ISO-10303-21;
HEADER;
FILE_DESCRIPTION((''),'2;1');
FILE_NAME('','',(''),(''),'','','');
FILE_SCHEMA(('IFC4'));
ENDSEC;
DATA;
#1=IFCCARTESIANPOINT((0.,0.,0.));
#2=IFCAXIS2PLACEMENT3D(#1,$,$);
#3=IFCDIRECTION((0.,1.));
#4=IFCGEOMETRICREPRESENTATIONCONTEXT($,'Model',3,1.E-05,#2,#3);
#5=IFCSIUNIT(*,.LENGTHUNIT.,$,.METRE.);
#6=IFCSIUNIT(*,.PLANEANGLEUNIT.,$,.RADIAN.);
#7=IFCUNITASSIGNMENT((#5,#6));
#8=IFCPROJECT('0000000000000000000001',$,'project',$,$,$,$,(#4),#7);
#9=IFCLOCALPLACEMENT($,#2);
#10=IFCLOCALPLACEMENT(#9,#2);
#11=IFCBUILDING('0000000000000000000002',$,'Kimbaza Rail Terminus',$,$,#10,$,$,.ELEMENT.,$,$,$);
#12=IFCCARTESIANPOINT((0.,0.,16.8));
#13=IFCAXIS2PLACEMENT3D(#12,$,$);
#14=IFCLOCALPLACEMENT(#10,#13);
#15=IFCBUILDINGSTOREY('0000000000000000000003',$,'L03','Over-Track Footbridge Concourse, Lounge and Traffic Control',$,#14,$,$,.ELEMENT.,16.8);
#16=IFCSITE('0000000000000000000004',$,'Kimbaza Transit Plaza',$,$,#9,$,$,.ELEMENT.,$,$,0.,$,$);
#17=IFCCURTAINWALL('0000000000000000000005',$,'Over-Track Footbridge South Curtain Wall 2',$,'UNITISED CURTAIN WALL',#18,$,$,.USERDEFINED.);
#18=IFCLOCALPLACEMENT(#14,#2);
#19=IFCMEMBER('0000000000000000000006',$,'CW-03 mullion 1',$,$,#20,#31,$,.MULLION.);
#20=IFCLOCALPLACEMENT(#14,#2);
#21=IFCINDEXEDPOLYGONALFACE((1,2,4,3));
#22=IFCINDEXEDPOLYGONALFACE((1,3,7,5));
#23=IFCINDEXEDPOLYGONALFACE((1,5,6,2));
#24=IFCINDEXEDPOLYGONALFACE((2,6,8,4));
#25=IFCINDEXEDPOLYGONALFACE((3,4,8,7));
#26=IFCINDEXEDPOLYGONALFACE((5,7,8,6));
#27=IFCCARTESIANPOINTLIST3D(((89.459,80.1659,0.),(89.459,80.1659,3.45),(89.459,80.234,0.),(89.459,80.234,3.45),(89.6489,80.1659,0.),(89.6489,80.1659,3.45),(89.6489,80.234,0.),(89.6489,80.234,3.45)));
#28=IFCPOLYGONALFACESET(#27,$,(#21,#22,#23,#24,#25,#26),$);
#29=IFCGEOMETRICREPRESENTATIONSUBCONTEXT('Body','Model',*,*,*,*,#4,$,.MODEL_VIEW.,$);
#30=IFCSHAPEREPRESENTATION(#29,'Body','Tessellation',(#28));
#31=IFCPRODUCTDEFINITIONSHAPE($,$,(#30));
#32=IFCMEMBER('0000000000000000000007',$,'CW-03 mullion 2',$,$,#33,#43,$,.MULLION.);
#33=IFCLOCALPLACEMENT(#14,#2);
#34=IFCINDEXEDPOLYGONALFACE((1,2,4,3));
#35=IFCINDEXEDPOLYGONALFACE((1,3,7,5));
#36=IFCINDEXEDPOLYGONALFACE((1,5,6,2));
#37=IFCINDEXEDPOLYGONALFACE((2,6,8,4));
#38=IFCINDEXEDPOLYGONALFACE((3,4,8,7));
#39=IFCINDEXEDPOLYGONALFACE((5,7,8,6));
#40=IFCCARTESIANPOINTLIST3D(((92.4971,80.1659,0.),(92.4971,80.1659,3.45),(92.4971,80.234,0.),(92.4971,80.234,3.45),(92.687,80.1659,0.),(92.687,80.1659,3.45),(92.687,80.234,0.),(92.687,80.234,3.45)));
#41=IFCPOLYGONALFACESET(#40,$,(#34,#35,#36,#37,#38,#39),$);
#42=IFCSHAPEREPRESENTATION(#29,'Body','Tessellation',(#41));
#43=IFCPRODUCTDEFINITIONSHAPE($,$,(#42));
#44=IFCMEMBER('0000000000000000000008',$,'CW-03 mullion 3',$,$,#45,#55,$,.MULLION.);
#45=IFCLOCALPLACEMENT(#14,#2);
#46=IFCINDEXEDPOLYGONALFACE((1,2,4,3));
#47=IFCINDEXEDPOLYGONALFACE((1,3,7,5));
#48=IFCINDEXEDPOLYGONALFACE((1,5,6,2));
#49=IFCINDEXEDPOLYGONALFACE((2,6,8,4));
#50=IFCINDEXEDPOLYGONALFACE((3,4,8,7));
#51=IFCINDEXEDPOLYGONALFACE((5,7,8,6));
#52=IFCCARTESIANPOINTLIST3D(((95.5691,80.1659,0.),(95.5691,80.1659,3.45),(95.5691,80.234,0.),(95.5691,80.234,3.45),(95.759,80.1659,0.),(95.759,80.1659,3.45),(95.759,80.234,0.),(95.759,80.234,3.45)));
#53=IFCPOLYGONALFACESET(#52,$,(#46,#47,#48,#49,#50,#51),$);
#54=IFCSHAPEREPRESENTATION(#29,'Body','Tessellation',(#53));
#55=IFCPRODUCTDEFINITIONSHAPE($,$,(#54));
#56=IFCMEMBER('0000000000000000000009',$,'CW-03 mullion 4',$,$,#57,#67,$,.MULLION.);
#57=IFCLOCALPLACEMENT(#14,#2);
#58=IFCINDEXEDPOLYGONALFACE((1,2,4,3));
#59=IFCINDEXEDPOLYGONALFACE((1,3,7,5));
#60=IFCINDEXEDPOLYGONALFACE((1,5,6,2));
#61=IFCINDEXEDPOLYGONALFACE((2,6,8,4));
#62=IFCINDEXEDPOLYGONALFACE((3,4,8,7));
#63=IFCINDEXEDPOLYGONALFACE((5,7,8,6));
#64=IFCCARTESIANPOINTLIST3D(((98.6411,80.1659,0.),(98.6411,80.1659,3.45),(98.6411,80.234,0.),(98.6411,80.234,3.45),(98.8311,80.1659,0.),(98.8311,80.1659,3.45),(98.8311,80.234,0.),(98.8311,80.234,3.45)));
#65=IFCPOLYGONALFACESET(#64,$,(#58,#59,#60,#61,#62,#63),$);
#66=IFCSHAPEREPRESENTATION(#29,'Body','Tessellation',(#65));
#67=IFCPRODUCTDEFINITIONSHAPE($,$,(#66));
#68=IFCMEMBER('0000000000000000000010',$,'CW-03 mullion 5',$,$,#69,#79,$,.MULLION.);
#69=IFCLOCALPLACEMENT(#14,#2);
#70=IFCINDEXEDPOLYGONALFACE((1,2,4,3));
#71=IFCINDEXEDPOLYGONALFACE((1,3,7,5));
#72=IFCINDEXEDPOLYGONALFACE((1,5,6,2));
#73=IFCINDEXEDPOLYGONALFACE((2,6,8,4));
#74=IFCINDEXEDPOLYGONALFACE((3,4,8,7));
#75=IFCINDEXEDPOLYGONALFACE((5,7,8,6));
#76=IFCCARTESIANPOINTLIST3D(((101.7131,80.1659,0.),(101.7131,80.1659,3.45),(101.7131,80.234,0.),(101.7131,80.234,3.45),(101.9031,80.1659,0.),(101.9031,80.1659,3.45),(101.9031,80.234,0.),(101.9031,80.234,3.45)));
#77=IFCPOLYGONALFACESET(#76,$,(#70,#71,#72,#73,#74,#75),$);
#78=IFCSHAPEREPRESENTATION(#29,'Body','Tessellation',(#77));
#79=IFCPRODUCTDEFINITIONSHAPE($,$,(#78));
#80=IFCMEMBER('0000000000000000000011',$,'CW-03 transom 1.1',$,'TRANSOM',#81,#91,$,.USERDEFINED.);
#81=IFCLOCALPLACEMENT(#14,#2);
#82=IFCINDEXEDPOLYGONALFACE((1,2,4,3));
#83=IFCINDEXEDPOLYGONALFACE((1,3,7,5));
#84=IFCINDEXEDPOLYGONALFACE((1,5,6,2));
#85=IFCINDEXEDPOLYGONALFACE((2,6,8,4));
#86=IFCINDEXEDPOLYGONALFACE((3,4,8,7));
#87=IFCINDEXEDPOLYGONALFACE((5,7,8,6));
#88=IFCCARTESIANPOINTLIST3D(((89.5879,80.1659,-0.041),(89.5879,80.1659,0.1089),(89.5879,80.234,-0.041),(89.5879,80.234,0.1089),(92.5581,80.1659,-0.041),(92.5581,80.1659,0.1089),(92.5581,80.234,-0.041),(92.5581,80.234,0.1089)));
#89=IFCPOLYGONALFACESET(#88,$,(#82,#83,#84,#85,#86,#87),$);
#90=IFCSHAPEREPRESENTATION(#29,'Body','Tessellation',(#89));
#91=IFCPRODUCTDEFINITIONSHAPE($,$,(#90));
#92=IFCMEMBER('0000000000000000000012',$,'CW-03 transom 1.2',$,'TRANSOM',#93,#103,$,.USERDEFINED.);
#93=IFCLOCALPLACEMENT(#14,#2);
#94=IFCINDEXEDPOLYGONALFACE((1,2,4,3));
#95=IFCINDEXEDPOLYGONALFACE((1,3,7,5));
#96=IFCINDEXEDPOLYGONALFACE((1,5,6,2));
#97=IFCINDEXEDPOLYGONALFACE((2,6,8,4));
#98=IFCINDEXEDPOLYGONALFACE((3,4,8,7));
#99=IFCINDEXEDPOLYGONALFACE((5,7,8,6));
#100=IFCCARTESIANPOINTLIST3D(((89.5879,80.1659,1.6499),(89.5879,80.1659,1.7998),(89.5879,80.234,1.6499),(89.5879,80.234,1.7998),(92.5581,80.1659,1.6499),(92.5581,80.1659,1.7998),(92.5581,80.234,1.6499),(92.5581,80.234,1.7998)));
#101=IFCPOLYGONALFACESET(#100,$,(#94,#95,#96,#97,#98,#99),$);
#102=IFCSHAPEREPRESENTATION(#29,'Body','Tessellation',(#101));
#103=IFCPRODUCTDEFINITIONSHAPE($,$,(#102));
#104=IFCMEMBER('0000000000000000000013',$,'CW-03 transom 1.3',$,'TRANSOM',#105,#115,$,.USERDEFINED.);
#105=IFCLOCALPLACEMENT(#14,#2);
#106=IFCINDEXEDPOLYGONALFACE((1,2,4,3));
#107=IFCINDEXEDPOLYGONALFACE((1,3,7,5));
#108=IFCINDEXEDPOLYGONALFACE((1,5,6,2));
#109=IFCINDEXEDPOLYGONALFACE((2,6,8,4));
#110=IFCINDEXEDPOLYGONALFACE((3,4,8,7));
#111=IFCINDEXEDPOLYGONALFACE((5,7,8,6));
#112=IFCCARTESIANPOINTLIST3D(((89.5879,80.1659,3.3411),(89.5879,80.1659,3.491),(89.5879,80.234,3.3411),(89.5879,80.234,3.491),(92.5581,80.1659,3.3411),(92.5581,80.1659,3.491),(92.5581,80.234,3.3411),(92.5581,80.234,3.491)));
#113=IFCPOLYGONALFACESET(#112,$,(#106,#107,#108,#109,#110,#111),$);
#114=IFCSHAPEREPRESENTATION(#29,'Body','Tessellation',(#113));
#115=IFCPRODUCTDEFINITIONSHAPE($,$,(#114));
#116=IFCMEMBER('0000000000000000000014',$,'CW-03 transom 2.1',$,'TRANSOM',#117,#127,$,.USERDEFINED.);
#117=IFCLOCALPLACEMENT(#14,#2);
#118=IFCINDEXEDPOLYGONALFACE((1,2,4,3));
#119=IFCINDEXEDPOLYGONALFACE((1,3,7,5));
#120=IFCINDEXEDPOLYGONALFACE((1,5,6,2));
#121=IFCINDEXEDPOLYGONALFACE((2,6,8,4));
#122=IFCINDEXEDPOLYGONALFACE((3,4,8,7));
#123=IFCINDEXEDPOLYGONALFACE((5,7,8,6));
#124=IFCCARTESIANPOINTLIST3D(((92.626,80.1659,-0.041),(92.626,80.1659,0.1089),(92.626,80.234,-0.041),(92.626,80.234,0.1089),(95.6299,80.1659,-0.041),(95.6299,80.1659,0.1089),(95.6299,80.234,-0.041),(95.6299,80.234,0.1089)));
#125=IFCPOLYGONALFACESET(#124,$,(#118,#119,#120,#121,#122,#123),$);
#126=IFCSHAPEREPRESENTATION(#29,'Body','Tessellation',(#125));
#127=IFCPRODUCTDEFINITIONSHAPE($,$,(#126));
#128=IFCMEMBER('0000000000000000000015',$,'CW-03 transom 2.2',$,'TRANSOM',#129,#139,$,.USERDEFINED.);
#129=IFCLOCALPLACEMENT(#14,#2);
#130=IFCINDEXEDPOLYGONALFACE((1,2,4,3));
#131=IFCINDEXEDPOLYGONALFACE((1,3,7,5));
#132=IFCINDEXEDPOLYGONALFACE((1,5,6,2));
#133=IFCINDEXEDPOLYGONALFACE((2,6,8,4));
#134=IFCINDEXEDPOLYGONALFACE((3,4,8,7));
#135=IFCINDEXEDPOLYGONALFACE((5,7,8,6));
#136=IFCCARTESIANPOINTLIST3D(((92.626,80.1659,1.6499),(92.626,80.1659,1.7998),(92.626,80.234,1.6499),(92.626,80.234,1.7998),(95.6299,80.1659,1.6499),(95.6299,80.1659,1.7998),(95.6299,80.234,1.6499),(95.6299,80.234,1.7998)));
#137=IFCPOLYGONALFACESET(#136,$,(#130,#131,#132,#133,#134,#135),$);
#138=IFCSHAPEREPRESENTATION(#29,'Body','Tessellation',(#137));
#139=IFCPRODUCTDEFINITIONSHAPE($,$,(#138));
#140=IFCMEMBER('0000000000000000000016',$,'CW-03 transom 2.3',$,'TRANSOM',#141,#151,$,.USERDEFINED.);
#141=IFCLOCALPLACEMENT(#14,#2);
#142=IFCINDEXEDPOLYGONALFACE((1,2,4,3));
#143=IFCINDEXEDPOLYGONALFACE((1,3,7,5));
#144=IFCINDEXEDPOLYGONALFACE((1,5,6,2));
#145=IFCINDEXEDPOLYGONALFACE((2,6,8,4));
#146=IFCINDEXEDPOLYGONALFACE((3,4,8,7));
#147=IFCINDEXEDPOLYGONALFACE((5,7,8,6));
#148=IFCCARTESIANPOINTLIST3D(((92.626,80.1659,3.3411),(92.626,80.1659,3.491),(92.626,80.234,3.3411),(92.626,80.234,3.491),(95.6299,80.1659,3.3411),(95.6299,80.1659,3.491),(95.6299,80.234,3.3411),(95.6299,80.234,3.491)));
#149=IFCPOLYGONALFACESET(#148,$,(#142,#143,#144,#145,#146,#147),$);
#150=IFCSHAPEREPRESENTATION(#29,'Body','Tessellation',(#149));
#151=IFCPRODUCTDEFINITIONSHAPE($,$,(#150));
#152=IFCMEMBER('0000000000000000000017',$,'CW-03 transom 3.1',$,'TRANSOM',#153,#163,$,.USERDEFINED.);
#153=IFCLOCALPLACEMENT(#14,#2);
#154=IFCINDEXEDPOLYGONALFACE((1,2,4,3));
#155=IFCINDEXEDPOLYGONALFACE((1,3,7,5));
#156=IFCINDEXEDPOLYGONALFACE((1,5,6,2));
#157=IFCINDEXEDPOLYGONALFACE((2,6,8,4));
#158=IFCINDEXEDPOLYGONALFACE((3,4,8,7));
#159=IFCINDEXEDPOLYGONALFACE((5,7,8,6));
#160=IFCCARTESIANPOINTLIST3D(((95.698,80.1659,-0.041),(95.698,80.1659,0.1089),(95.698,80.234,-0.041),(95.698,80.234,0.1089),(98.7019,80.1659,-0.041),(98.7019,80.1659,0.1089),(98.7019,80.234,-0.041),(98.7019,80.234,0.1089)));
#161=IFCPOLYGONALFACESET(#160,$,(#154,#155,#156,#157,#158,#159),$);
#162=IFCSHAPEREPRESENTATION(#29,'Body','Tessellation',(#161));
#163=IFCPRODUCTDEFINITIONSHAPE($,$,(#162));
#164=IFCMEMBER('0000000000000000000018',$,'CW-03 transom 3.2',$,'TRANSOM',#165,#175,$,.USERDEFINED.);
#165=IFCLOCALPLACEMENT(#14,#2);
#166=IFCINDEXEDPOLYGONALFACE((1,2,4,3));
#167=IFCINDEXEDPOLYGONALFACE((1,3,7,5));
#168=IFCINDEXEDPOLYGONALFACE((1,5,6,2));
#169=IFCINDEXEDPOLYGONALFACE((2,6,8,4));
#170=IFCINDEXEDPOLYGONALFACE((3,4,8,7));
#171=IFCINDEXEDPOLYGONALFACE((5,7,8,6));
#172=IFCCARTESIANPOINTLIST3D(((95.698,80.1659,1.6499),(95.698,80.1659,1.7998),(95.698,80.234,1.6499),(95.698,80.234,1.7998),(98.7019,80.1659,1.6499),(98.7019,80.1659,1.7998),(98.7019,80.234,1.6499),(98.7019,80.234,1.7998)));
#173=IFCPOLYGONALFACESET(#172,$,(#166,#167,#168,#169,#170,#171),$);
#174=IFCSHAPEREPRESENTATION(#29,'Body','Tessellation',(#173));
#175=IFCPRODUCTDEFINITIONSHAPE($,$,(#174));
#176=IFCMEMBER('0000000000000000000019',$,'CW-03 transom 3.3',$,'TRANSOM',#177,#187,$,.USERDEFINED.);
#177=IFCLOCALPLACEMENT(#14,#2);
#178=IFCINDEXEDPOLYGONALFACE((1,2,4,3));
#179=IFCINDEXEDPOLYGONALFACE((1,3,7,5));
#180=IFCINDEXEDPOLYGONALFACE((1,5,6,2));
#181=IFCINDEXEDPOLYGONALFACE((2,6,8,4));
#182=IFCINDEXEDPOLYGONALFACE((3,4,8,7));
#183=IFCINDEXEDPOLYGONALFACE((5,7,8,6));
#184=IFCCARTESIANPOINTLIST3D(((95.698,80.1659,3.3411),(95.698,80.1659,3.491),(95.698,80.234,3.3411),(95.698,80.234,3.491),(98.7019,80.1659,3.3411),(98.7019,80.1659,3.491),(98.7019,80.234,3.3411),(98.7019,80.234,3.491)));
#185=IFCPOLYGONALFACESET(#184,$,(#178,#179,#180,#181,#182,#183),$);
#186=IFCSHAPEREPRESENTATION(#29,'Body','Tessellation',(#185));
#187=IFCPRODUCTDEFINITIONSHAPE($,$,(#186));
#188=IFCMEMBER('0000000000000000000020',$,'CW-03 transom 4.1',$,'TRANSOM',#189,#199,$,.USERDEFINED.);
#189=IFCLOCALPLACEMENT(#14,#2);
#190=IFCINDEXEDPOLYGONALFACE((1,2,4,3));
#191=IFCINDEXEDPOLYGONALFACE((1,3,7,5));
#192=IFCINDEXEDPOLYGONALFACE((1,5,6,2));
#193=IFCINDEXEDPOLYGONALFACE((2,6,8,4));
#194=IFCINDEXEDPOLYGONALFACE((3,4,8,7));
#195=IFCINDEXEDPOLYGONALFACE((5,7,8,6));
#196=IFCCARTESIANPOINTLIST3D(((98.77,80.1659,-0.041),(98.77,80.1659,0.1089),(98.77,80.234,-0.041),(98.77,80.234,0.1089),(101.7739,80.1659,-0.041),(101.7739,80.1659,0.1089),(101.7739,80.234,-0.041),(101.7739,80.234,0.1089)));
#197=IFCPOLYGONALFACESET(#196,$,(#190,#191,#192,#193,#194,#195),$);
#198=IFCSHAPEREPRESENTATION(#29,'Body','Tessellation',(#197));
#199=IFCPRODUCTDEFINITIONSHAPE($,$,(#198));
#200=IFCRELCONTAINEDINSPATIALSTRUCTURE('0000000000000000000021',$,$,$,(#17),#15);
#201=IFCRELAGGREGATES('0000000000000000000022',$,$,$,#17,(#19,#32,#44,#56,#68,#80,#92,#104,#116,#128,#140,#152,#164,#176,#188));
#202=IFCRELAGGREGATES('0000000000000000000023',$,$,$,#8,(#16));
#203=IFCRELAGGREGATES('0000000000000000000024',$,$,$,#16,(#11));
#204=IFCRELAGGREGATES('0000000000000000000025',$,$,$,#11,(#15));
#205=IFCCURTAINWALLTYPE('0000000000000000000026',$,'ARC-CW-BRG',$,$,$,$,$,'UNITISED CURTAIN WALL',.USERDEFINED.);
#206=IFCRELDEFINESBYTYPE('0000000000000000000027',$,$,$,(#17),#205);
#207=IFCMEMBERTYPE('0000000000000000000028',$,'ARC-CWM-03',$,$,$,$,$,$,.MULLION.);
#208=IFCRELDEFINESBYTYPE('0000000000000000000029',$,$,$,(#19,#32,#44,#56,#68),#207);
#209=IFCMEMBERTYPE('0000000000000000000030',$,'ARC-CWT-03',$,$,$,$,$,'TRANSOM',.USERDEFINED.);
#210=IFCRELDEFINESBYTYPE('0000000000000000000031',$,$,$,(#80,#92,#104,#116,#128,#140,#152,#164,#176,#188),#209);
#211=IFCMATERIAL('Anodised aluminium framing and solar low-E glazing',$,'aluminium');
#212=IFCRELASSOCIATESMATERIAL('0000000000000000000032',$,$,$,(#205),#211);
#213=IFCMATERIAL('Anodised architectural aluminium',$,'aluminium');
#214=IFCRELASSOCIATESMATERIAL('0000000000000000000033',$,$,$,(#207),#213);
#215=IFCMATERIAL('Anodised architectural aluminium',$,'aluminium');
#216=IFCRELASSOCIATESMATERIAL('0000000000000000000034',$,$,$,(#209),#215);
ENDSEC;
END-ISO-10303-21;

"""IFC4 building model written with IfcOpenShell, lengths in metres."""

from ifc_helpers import new_model, si_unit, direction, frame, origin, origin_2d, place, context, subcontext, project, spatial, rectangle, extrude, material, material_profile, profile_set, type_object, element, aggregate, save


model = new_model("IFC4")

# Units and contexts
model_context = context("Model", 3, precision=1e-05, world=origin(), true_north=direction((0.0, 1.0)))
body_context = subcontext(model_context, "Body", "Model", "MODEL_VIEW")
ifc_project = project(units=[si_unit("LENGTHUNIT", "METRE"), si_unit("PLANEANGLEUNIT", "RADIAN")], contexts=[model_context])

# Site, building, storey
site_placement = place(None, origin())
site = spatial("IfcSite", under=ifc_project, at=site_placement, Name="Kimbaza Transit Plaza", CompositionType="ELEMENT", RefElevation=0.0)
building_placement = place(site_placement, origin())
building = spatial("IfcBuilding", under=site, at=building_placement, Name="Kimbaza Rail Terminus", CompositionType="ELEMENT")
storey_placement = place(building_placement, frame((0.0, 0.0, 16.8)))
storey = spatial("IfcBuildingStorey", under=building, at=storey_placement, Name="L03", Description="Over-Track Footbridge Concourse, Lounge and Traffic Control", CompositionType="ELEMENT", Elevation=16.8)

# Curtain wall, members
ifc_material_1 = material(Name="Anodised aluminium framing and solar low-E glazing", Category="aluminium")
curtain_wall_type = type_object("IfcCurtainWallType", Name="ARC-CW-BRG", ElementType="UNITISED CURTAIN WALL", PredefinedType="USERDEFINED", material=ifc_material_1)
curtain_wall_placement = place(storey_placement, origin())
curtain_wall = element("IfcCurtainWall", 1, at=curtain_wall_placement, inside=storey, type_object=curtain_wall_type, Name="Over-Track Footbridge South Curtain Wall 2", ObjectType="UNITISED CURTAIN WALL", PredefinedType="USERDEFINED")
ifc_material_2 = material(Name="Anodised architectural aluminium", Category="aluminium")
ifc_material_profile_1 = material_profile(ifc_material_2, rectangle(XDim=0.0681, YDim=0.1899, at=origin_2d()), Name="MULLION 68x190")
ifc_profile_set_1 = profile_set([ifc_material_profile_1], Name="Anodised architectural aluminium")
member_type_1 = type_object("IfcMemberType", Name="ARC-CWM-03", PredefinedType="MULLION", material=ifc_profile_set_1)
member_1_placement = place(storey_placement, frame((89.554, 80.2, 0.0), z_axis=(0.0, 0.0, 1.0), x_axis=(0.0, 1.0, 0.0)))
member_1 = element("IfcMember", 2, at=member_1_placement, type_object=member_type_1, Name="CW-03 mullion 1", PredefinedType="MULLION", context=body_context, shape_type="SweptSolid", body=[
    extrude(rectangle(XDim=0.0681, YDim=0.1899, at=origin_2d()), origin(), (0.0, 0.0, 1.0), 3.45),
])
member_2_placement = place(storey_placement, frame((92.592, 80.2, 0.0), z_axis=(0.0, 0.0, 1.0), x_axis=(0.0, 1.0, 0.0)))
member_2 = element("IfcMember", 3, at=member_2_placement, type_object=member_type_1, Name="CW-03 mullion 2", PredefinedType="MULLION", context=body_context, shape_type="SweptSolid", body=[
    extrude(rectangle(XDim=0.0681, YDim=0.1899, at=origin_2d()), origin(), (0.0, 0.0, 1.0), 3.45),
])
member_3_placement = place(storey_placement, frame((95.6641, 80.2, 0.0), z_axis=(0.0, 0.0, 1.0), x_axis=(0.0, 1.0, 0.0)))
member_3 = element("IfcMember", 4, at=member_3_placement, type_object=member_type_1, Name="CW-03 mullion 3", PredefinedType="MULLION", context=body_context, shape_type="SweptSolid", body=[
    extrude(rectangle(XDim=0.0681, YDim=0.1899, at=origin_2d()), origin(), (0.0, 0.0, 1.0), 3.45),
])
member_4_placement = place(storey_placement, frame((98.7361, 80.2, 0.0), z_axis=(0.0, 0.0, 1.0), x_axis=(0.0, 1.0, 0.0)))
member_4 = element("IfcMember", 5, at=member_4_placement, type_object=member_type_1, Name="CW-03 mullion 4", PredefinedType="MULLION", context=body_context, shape_type="SweptSolid", body=[
    extrude(rectangle(XDim=0.0681, YDim=0.1899, at=origin_2d()), origin(), (0.0, 0.0, 1.0), 3.45),
])
member_5_placement = place(storey_placement, frame((101.8081, 80.2, 0.0), z_axis=(0.0, 0.0, 1.0), x_axis=(0.0, 1.0, 0.0)))
member_5 = element("IfcMember", 6, at=member_5_placement, type_object=member_type_1, Name="CW-03 mullion 5", PredefinedType="MULLION", context=body_context, shape_type="SweptSolid", body=[
    extrude(rectangle(XDim=0.0681, YDim=0.1899, at=origin_2d()), origin(), (0.0, 0.0, 1.0), 3.45),
])
ifc_material_3 = material(Name="Anodised architectural aluminium", Category="aluminium")
ifc_material_profile_2 = material_profile(ifc_material_3, rectangle(XDim=0.0681, YDim=0.1499, at=origin_2d()), Name="TRANSOM 68x150")
ifc_profile_set_2 = profile_set([ifc_material_profile_2], Name="Anodised architectural aluminium")
member_type_2 = type_object("IfcMemberType", Name="ARC-CWT-03", ElementType="TRANSOM", PredefinedType="USERDEFINED", material=ifc_profile_set_2)
member_6_placement = place(storey_placement, frame((89.5879, 80.2, 0.0339), z_axis=(1.0, 0.0, 0.0), x_axis=(0.0, 1.0, 0.0)))
member_6 = element("IfcMember", 7, at=member_6_placement, type_object=member_type_2, Name="CW-03 transom 1.1", ObjectType="TRANSOM", PredefinedType="USERDEFINED", context=body_context, shape_type="SweptSolid", body=[
    extrude(rectangle(XDim=0.0681, YDim=0.1499, at=origin_2d()), origin(), (0.0, 0.0, 1.0), 2.9702),
])
member_7_placement = place(storey_placement, frame((89.5879, 80.2, 1.7249), z_axis=(1.0, 0.0, 0.0), x_axis=(0.0, 1.0, 0.0)))
member_7 = element("IfcMember", 8, at=member_7_placement, type_object=member_type_2, Name="CW-03 transom 1.2", ObjectType="TRANSOM", PredefinedType="USERDEFINED", context=body_context, shape_type="SweptSolid", body=[
    extrude(rectangle(XDim=0.0681, YDim=0.1499, at=origin_2d()), origin(), (0.0, 0.0, 1.0), 2.9702),
])
member_8_placement = place(storey_placement, frame((89.5879, 80.2, 3.416), z_axis=(1.0, 0.0, 0.0), x_axis=(0.0, 1.0, 0.0)))
member_8 = element("IfcMember", 9, at=member_8_placement, type_object=member_type_2, Name="CW-03 transom 1.3", ObjectType="TRANSOM", PredefinedType="USERDEFINED", context=body_context, shape_type="SweptSolid", body=[
    extrude(rectangle(XDim=0.0681, YDim=0.1499, at=origin_2d()), origin(), (0.0, 0.0, 1.0), 2.9702),
])
member_9_placement = place(storey_placement, frame((92.626, 80.2, 0.0339), z_axis=(1.0, 0.0, 0.0), x_axis=(0.0, 1.0, 0.0)))
member_9 = element("IfcMember", 10, at=member_9_placement, type_object=member_type_2, Name="CW-03 transom 2.1", ObjectType="TRANSOM", PredefinedType="USERDEFINED", context=body_context, shape_type="SweptSolid", body=[
    extrude(rectangle(XDim=0.0681, YDim=0.1499, at=origin_2d()), origin(), (0.0, 0.0, 1.0), 3.0039),
])
member_10_placement = place(storey_placement, frame((92.626, 80.2, 1.7249), z_axis=(1.0, 0.0, 0.0), x_axis=(0.0, 1.0, 0.0)))
member_10 = element("IfcMember", 11, at=member_10_placement, type_object=member_type_2, Name="CW-03 transom 2.2", ObjectType="TRANSOM", PredefinedType="USERDEFINED", context=body_context, shape_type="SweptSolid", body=[
    extrude(rectangle(XDim=0.0681, YDim=0.1499, at=origin_2d()), origin(), (0.0, 0.0, 1.0), 3.0039),
])
member_11_placement = place(storey_placement, frame((92.626, 80.2, 3.416), z_axis=(1.0, 0.0, 0.0), x_axis=(0.0, 1.0, 0.0)))
member_11 = element("IfcMember", 12, at=member_11_placement, type_object=member_type_2, Name="CW-03 transom 2.3", ObjectType="TRANSOM", PredefinedType="USERDEFINED", context=body_context, shape_type="SweptSolid", body=[
    extrude(rectangle(XDim=0.0681, YDim=0.1499, at=origin_2d()), origin(), (0.0, 0.0, 1.0), 3.0039),
])
member_12_placement = place(storey_placement, frame((95.698, 80.2, 0.0339), z_axis=(1.0, 0.0, 0.0), x_axis=(0.0, 1.0, 0.0)))
member_12 = element("IfcMember", 13, at=member_12_placement, type_object=member_type_2, Name="CW-03 transom 3.1", ObjectType="TRANSOM", PredefinedType="USERDEFINED", context=body_context, shape_type="SweptSolid", body=[
    extrude(rectangle(XDim=0.0681, YDim=0.1499, at=origin_2d()), origin(), (0.0, 0.0, 1.0), 3.0039),
])
member_13_placement = place(storey_placement, frame((95.698, 80.2, 1.7249), z_axis=(1.0, 0.0, 0.0), x_axis=(0.0, 1.0, 0.0)))
member_13 = element("IfcMember", 14, at=member_13_placement, type_object=member_type_2, Name="CW-03 transom 3.2", ObjectType="TRANSOM", PredefinedType="USERDEFINED", context=body_context, shape_type="SweptSolid", body=[
    extrude(rectangle(XDim=0.0681, YDim=0.1499, at=origin_2d()), origin(), (0.0, 0.0, 1.0), 3.0039),
])
member_14_placement = place(storey_placement, frame((95.698, 80.2, 3.416), z_axis=(1.0, 0.0, 0.0), x_axis=(0.0, 1.0, 0.0)))
member_14 = element("IfcMember", 15, at=member_14_placement, type_object=member_type_2, Name="CW-03 transom 3.3", ObjectType="TRANSOM", PredefinedType="USERDEFINED", context=body_context, shape_type="SweptSolid", body=[
    extrude(rectangle(XDim=0.0681, YDim=0.1499, at=origin_2d()), origin(), (0.0, 0.0, 1.0), 3.0039),
])
member_15_placement = place(storey_placement, frame((98.77, 80.2, 0.0339), z_axis=(1.0, 0.0, 0.0), x_axis=(0.0, 1.0, 0.0)))
member_15 = element("IfcMember", 16, at=member_15_placement, type_object=member_type_2, Name="CW-03 transom 4.1", ObjectType="TRANSOM", PredefinedType="USERDEFINED", context=body_context, shape_type="SweptSolid", body=[
    extrude(rectangle(XDim=0.0681, YDim=0.1499, at=origin_2d()), origin(), (0.0, 0.0, 1.0), 3.0039),
])

aggregate(curtain_wall, [member_1, member_2, member_3, member_4, member_5, member_6, member_7, member_8, member_9, member_10, member_11, member_12, member_13, member_14, member_15])

save(model, "model.ifc")
